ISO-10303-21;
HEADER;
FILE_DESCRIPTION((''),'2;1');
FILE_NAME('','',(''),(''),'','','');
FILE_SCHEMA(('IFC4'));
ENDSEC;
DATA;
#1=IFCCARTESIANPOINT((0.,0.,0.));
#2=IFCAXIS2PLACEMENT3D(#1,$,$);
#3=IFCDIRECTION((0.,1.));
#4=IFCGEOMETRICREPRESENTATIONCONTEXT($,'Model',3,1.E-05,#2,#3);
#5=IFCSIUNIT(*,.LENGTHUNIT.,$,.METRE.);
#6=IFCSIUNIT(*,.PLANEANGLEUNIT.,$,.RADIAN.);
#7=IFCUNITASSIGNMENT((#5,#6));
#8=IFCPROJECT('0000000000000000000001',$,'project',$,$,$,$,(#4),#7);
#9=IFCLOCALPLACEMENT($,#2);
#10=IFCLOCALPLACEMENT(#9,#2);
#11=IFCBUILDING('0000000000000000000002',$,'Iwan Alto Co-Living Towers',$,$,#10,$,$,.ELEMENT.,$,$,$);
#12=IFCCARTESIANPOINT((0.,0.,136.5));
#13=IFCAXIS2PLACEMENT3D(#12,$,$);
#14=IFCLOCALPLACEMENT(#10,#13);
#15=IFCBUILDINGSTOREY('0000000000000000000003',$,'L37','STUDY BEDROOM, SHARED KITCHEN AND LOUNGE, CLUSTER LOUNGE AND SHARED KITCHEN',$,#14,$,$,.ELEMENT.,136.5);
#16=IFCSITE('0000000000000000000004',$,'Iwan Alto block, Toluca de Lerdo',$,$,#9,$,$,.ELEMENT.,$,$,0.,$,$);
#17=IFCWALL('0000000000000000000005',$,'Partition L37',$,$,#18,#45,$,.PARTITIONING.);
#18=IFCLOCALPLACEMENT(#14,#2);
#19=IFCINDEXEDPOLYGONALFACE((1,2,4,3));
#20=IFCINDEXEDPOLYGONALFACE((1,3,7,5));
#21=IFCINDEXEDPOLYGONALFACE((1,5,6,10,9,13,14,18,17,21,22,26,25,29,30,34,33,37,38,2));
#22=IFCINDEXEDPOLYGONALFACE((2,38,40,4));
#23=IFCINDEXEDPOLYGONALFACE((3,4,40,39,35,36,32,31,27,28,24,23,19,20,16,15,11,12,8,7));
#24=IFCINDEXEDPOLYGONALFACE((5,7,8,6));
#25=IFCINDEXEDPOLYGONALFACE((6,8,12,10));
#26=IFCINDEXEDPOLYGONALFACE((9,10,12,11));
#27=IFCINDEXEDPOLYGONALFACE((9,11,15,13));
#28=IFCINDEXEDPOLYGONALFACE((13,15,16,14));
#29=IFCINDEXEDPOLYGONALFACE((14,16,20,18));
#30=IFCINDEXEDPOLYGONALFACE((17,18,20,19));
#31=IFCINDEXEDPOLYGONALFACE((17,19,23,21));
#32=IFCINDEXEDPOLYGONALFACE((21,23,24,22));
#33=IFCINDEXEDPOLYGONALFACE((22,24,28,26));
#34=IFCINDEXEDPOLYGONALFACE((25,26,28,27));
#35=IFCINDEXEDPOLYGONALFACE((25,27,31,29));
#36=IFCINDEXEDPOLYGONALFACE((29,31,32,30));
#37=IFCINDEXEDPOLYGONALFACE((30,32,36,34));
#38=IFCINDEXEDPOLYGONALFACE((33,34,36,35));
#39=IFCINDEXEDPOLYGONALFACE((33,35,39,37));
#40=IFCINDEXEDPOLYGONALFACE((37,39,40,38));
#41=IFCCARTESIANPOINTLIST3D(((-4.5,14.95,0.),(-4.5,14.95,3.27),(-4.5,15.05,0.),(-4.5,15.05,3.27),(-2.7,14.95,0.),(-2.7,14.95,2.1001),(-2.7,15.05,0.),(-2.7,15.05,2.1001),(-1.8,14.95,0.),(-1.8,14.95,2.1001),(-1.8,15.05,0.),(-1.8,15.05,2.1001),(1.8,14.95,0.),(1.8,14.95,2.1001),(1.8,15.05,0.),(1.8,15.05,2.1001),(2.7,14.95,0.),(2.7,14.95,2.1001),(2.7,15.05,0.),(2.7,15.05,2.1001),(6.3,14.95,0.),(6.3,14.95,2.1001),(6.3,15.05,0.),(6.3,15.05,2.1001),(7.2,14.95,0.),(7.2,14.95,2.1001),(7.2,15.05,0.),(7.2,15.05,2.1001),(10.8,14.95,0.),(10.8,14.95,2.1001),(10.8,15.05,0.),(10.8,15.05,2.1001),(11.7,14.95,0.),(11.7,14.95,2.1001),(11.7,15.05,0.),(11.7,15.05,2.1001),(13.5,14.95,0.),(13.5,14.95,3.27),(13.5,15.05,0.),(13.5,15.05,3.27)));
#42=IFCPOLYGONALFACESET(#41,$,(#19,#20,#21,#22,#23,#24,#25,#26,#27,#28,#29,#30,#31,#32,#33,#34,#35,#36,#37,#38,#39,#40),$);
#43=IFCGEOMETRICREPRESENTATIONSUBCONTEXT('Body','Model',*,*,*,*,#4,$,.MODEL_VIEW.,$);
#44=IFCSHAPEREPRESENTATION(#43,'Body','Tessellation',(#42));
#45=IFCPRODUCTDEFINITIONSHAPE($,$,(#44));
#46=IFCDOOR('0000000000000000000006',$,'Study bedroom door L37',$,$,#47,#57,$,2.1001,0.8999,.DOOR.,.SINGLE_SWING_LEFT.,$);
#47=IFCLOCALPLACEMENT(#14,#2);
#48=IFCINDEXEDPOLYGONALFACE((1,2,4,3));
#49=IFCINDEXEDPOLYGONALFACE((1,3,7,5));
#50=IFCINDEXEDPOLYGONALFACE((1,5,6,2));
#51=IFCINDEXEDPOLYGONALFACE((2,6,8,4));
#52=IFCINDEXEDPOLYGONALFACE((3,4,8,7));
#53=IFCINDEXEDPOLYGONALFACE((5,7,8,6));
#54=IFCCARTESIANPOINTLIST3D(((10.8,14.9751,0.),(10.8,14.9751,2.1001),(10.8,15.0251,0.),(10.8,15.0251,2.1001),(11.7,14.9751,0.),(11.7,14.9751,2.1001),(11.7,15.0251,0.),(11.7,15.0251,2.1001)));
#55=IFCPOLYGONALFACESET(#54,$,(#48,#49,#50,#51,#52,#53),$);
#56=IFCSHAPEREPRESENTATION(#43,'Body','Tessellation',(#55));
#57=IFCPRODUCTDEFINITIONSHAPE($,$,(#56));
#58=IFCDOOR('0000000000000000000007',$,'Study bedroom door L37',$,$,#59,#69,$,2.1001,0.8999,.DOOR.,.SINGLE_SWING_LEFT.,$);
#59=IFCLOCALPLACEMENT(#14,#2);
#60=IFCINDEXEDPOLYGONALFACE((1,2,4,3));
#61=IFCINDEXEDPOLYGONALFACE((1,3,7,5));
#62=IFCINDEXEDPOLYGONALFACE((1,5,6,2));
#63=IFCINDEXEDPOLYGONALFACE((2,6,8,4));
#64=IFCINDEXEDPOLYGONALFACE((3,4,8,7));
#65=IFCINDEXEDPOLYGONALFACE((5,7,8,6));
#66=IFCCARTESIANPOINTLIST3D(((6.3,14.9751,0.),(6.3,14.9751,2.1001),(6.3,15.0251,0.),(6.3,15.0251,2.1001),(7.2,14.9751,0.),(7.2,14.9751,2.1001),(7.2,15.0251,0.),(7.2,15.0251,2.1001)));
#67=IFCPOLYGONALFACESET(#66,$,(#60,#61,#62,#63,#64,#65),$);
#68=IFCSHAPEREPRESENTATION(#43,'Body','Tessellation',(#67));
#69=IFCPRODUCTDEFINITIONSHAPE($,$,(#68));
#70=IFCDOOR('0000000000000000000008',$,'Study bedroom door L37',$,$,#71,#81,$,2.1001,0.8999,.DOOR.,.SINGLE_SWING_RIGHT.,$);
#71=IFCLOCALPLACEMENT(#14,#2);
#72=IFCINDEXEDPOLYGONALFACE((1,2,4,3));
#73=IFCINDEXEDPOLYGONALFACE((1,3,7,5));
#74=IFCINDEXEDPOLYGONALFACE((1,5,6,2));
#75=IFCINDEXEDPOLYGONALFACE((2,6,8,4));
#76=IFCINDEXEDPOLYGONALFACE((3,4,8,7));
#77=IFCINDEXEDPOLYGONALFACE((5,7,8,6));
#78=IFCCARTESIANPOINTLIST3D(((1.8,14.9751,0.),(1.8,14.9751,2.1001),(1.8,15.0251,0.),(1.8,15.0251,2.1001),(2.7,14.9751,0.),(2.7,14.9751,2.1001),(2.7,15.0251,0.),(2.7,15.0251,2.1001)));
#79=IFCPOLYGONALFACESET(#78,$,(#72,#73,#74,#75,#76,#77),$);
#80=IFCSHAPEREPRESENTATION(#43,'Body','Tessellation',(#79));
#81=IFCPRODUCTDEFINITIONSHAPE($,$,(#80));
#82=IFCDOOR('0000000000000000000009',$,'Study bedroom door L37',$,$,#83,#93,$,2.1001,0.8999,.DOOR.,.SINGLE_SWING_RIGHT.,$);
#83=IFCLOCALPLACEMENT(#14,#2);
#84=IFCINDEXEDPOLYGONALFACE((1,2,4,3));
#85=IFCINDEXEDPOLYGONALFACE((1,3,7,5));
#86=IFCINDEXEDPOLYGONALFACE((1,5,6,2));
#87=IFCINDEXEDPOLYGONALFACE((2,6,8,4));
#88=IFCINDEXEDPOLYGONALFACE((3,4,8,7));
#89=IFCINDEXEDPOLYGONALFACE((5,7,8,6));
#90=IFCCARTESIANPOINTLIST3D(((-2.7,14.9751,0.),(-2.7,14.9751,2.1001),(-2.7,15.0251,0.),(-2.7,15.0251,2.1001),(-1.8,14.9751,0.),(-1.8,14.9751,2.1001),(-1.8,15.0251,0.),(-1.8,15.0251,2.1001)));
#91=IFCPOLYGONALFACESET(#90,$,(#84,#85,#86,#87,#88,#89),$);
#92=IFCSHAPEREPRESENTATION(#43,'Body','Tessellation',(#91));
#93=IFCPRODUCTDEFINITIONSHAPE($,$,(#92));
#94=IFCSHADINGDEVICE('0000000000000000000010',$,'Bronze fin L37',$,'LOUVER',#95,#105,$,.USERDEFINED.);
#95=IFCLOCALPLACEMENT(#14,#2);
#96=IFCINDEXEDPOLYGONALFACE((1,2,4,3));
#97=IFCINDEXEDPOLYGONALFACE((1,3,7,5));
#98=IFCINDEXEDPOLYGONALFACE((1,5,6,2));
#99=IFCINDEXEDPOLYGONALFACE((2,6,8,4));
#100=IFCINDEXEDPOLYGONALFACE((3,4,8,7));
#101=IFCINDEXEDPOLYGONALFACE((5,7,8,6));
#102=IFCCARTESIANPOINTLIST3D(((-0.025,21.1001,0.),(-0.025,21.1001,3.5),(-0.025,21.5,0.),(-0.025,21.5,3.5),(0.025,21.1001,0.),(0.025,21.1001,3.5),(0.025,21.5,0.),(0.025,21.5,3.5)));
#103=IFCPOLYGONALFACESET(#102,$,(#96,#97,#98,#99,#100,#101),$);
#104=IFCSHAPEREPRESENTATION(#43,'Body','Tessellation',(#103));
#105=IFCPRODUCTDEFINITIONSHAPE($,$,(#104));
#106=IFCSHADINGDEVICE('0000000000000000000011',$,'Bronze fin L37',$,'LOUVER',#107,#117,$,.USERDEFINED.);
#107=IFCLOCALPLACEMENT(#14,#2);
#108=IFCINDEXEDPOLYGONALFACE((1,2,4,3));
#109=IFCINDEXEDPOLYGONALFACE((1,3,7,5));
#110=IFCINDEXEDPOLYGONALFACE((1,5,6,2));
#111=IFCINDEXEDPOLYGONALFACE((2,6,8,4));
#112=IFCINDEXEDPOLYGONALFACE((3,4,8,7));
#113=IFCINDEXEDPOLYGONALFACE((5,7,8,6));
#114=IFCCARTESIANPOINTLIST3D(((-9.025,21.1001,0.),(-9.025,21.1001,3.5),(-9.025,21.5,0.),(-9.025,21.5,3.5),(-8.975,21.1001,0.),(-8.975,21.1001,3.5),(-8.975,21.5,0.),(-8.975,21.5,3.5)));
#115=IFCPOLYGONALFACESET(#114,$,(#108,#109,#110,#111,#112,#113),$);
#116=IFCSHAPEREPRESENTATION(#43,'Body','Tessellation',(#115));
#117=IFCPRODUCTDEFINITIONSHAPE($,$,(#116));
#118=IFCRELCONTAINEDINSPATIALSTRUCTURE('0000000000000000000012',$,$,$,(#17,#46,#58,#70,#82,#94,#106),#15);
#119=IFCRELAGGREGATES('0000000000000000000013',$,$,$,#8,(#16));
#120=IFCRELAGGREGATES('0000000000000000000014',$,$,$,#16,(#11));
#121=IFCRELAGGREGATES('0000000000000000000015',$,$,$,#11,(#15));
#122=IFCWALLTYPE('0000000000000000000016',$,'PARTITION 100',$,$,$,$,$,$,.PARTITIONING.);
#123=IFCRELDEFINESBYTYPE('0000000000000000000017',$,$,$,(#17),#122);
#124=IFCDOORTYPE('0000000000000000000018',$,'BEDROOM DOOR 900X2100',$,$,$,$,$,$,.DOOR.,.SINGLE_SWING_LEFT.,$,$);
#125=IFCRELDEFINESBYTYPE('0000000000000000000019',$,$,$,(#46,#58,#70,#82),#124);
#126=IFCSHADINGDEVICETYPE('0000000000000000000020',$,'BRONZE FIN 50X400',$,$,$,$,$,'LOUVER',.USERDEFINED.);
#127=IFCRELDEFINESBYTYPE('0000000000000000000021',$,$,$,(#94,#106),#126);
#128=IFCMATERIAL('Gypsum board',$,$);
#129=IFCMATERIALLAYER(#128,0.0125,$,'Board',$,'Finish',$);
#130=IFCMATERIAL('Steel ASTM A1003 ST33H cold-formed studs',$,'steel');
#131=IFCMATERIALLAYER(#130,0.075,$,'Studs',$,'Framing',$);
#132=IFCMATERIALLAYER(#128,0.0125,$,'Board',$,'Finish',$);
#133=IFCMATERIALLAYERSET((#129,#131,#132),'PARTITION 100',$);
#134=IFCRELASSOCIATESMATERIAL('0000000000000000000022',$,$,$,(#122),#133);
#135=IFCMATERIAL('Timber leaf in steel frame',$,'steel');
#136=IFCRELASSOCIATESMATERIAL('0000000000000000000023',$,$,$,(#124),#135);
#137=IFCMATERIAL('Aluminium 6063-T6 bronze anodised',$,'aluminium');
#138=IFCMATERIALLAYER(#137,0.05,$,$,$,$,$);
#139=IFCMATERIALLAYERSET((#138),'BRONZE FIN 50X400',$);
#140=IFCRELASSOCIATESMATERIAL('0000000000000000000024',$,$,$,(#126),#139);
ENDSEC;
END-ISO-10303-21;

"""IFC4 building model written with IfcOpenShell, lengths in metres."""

from ifc_helpers import new_model, si_unit, direction, frame, frame_2d, origin, origin_2d, place, context, subcontext, project, spatial, rectangle, extrude, material, layer, layer_set, type_object, element, fill, save


model = new_model("IFC4")

# Units and contexts
model_context = context("Model", 3, precision=1e-05, world=origin(), true_north=direction((0.0, 1.0)))
body_context = subcontext(model_context, "Body", "Model", "MODEL_VIEW")
ifc_project = project(units=[si_unit("LENGTHUNIT", "METRE"), si_unit("PLANEANGLEUNIT", "RADIAN")], contexts=[model_context])

# Site, building, storey
site_placement = place(None, origin())
site = spatial("IfcSite", under=ifc_project, at=site_placement, Name="Iwan Alto block, Toluca de Lerdo", CompositionType="ELEMENT", RefElevation=0.0)
building_placement = place(site_placement, origin())
building = spatial("IfcBuilding", under=site, at=building_placement, Name="Iwan Alto Co-Living Towers", CompositionType="ELEMENT")
storey_placement = place(building_placement, frame((0.0, 0.0, 136.5)))
storey = spatial("IfcBuildingStorey", under=building, at=storey_placement, Name="L37", Description="STUDY BEDROOM, SHARED KITCHEN AND LOUNGE, CLUSTER LOUNGE AND SHARED KITCHEN", CompositionType="ELEMENT", Elevation=136.5)

# Shared definitions
ifc_material_1 = material(Name="Gypsum board")
ifc_material_2 = material(Name="Steel ASTM A1003 ST33H cold-formed studs", Category="steel")

# Wall, openings, doors
ifc_layer_1 = layer(ifc_material_1, 0.0125, Name="Board", Category="Finish")
ifc_layer_2 = layer(ifc_material_2, 0.075, Name="Studs", Category="Framing")
ifc_layer_3 = layer(ifc_material_1, 0.0125, Name="Board", Category="Finish")
ifc_layer_set_1 = layer_set([ifc_layer_1, ifc_layer_2, ifc_layer_3], Name="PARTITION 100")
wall_type_1 = type_object("IfcWallType", Name="PARTITION 100", PredefinedType="PARTITIONING", material=ifc_layer_set_1)
wall_1_placement = place(storey_placement, frame((-4.5, 15.0, 0.0), z_axis=(0.0, 0.0, 1.0), x_axis=(1.0, 0.0, 0.0)))
wall_1 = element("IfcWall", 1, at=wall_1_placement, inside=storey, type_object=wall_type_1, Name="Partition L37", PredefinedType="PARTITIONING", context=body_context, shape_type="SweptSolid", body=[
    extrude(rectangle(XDim=18.0, YDim=0.1001, at=frame_2d((9.0, 0.0))), origin(), (0.0, 0.0, 1.0), 3.27),
])
opening_1_placement = place(wall_1_placement, frame((15.3, 0.0, 0.0)))
opening_1 = element("IfcOpeningElement", 2, at=opening_1_placement, cuts=wall_1, PredefinedType="OPENING", context=body_context, shape_type="SweptSolid", body=[
    extrude(rectangle(XDim=0.8999, YDim=2.1001, at=frame_2d((0.45, 1.05))), frame((0.0, 0.0601, 0.0), z_axis=(0.0, -1.0, 0.0), x_axis=(1.0, 0.0, 0.0)), (0.0, 0.0, 1.0), 0.1201),
])
opening_2_placement = place(wall_1_placement, frame((10.8, 0.0, 0.0)))
opening_2 = element("IfcOpeningElement", 3, at=opening_2_placement, cuts=wall_1, PredefinedType="OPENING", context=body_context, shape_type="SweptSolid", body=[
    extrude(rectangle(XDim=0.8999, YDim=2.1001, at=frame_2d((0.45, 1.05))), frame((0.0, 0.0601, 0.0), z_axis=(0.0, -1.0, 0.0), x_axis=(1.0, 0.0, 0.0)), (0.0, 0.0, 1.0), 0.1201),
])
opening_3_placement = place(wall_1_placement, frame((6.3, 0.0, 0.0)))
opening_3 = element("IfcOpeningElement", 4, at=opening_3_placement, cuts=wall_1, PredefinedType="OPENING", context=body_context, shape_type="SweptSolid", body=[
    extrude(rectangle(XDim=0.8999, YDim=2.1001, at=frame_2d((0.45, 1.05))), frame((0.0, 0.0601, 0.0), z_axis=(0.0, -1.0, 0.0), x_axis=(1.0, 0.0, 0.0)), (0.0, 0.0, 1.0), 0.1201),
])
opening_4_placement = place(wall_1_placement, frame((1.8, 0.0, 0.0)))
opening_4 = element("IfcOpeningElement", 5, at=opening_4_placement, cuts=wall_1, PredefinedType="OPENING", context=body_context, shape_type="SweptSolid", body=[
    extrude(rectangle(XDim=0.8999, YDim=2.1001, at=frame_2d((0.45, 1.05))), frame((0.0, 0.0601, 0.0), z_axis=(0.0, -1.0, 0.0), x_axis=(1.0, 0.0, 0.0)), (0.0, 0.0, 1.0), 0.1201),
])
ifc_material_3 = material(Name="Timber leaf in steel frame", Category="steel")
door_type_1 = type_object("IfcDoorType", Name="BEDROOM DOOR 900X2100", OperationType="SINGLE_SWING_LEFT", PredefinedType="DOOR", material=ifc_material_3)
door_1_placement = place(opening_1_placement, frame((0.8999, 0.0, 0.0), z_axis=(0.0, 0.0, 1.0), x_axis=(-1.0, 0.0, 0.0)))
door_1 = element("IfcDoor", 6, at=door_1_placement, inside=storey, type_object=door_type_1, Name="Study bedroom door L37", OperationType="SINGLE_SWING_LEFT", OverallHeight=2.1001, OverallWidth=0.8999, PredefinedType="DOOR", context=body_context, shape_type="SweptSolid", body=[
    extrude(rectangle(XDim=0.8999, YDim=2.1001, at=frame_2d((0.45, 1.05))), frame((0.0, 0.0249, 0.0), z_axis=(0.0, -1.0, 0.0), x_axis=(1.0, 0.0, 0.0)), (0.0, 0.0, 1.0), 0.05),
])
fill(opening_1, door_1)
door_2_placement = place(opening_2_placement, frame((0.8999, 0.0, 0.0), z_axis=(0.0, 0.0, 1.0), x_axis=(-1.0, 0.0, 0.0)))
door_2 = element("IfcDoor", 7, at=door_2_placement, inside=storey, type_object=door_type_1, Name="Study bedroom door L37", OperationType="SINGLE_SWING_LEFT", OverallHeight=2.1001, OverallWidth=0.8999, PredefinedType="DOOR", context=body_context, shape_type="SweptSolid", body=[
    extrude(rectangle(XDim=0.8999, YDim=2.1001, at=frame_2d((0.45, 1.05))), frame((0.0, 0.0249, 0.0), z_axis=(0.0, -1.0, 0.0), x_axis=(1.0, 0.0, 0.0)), (0.0, 0.0, 1.0), 0.05),
])
fill(opening_2, door_2)
door_3_placement = place(opening_3_placement, frame((0.8999, 0.0, 0.0), z_axis=(0.0, 0.0, 1.0), x_axis=(-1.0, 0.0, 0.0)))
door_3 = element("IfcDoor", 8, at=door_3_placement, inside=storey, type_object=door_type_1, Name="Study bedroom door L37", OperationType="SINGLE_SWING_RIGHT", OverallHeight=2.1001, OverallWidth=0.8999, PredefinedType="DOOR", context=body_context, shape_type="SweptSolid", body=[
    extrude(rectangle(XDim=0.8999, YDim=2.1001, at=frame_2d((0.45, 1.05))), frame((0.0, 0.0249, 0.0), z_axis=(0.0, -1.0, 0.0), x_axis=(1.0, 0.0, 0.0)), (0.0, 0.0, 1.0), 0.05),
])
fill(opening_3, door_3)
door_4_placement = place(opening_4_placement, frame((0.8999, 0.0, 0.0), z_axis=(0.0, 0.0, 1.0), x_axis=(-1.0, 0.0, 0.0)))
door_4 = element("IfcDoor", 9, at=door_4_placement, inside=storey, type_object=door_type_1, Name="Study bedroom door L37", OperationType="SINGLE_SWING_RIGHT", OverallHeight=2.1001, OverallWidth=0.8999, PredefinedType="DOOR", context=body_context, shape_type="SweptSolid", body=[
    extrude(rectangle(XDim=0.8999, YDim=2.1001, at=frame_2d((0.45, 1.05))), frame((0.0, 0.0249, 0.0), z_axis=(0.0, -1.0, 0.0), x_axis=(1.0, 0.0, 0.0)), (0.0, 0.0, 1.0), 0.05),
])
fill(opening_4, door_4)

# Shading devices
ifc_material_4 = material(Name="Aluminium 6063-T6 bronze anodised", Category="aluminium")
ifc_layer_4 = layer(ifc_material_4, 0.05)
ifc_layer_set_2 = layer_set([ifc_layer_4], Name="BRONZE FIN 50X400")
shading_device_type = type_object("IfcShadingDeviceType", Name="BRONZE FIN 50X400", ElementType="LOUVER", PredefinedType="USERDEFINED", material=ifc_layer_set_2)
for number, where, z_axis, x_axis, name in (
    (10, (0.0, 21.3, 0.0), (0.0, 0.0, 1.0), (-1.0, 0.0, 0.0), "Bronze fin L37"),
    (11, (-9.0, 21.3, 0.0), (0.0, 0.0, 1.0), (-1.0, 0.0, 0.0), "Bronze fin L37"),
):
    element("IfcShadingDevice", number, at=place(storey_placement, frame(where, z_axis=z_axis, x_axis=x_axis)), inside=storey, type_object=shading_device_type, Name=name, ObjectType="LOUVER", PredefinedType="USERDEFINED", context=body_context, shape_type="SweptSolid", body=[
        extrude(rectangle(XDim=0.05, YDim=0.3999, at=origin_2d()), origin(), (0.0, 0.0, 1.0), 3.5),
    ])

save(model, "model.ifc")
